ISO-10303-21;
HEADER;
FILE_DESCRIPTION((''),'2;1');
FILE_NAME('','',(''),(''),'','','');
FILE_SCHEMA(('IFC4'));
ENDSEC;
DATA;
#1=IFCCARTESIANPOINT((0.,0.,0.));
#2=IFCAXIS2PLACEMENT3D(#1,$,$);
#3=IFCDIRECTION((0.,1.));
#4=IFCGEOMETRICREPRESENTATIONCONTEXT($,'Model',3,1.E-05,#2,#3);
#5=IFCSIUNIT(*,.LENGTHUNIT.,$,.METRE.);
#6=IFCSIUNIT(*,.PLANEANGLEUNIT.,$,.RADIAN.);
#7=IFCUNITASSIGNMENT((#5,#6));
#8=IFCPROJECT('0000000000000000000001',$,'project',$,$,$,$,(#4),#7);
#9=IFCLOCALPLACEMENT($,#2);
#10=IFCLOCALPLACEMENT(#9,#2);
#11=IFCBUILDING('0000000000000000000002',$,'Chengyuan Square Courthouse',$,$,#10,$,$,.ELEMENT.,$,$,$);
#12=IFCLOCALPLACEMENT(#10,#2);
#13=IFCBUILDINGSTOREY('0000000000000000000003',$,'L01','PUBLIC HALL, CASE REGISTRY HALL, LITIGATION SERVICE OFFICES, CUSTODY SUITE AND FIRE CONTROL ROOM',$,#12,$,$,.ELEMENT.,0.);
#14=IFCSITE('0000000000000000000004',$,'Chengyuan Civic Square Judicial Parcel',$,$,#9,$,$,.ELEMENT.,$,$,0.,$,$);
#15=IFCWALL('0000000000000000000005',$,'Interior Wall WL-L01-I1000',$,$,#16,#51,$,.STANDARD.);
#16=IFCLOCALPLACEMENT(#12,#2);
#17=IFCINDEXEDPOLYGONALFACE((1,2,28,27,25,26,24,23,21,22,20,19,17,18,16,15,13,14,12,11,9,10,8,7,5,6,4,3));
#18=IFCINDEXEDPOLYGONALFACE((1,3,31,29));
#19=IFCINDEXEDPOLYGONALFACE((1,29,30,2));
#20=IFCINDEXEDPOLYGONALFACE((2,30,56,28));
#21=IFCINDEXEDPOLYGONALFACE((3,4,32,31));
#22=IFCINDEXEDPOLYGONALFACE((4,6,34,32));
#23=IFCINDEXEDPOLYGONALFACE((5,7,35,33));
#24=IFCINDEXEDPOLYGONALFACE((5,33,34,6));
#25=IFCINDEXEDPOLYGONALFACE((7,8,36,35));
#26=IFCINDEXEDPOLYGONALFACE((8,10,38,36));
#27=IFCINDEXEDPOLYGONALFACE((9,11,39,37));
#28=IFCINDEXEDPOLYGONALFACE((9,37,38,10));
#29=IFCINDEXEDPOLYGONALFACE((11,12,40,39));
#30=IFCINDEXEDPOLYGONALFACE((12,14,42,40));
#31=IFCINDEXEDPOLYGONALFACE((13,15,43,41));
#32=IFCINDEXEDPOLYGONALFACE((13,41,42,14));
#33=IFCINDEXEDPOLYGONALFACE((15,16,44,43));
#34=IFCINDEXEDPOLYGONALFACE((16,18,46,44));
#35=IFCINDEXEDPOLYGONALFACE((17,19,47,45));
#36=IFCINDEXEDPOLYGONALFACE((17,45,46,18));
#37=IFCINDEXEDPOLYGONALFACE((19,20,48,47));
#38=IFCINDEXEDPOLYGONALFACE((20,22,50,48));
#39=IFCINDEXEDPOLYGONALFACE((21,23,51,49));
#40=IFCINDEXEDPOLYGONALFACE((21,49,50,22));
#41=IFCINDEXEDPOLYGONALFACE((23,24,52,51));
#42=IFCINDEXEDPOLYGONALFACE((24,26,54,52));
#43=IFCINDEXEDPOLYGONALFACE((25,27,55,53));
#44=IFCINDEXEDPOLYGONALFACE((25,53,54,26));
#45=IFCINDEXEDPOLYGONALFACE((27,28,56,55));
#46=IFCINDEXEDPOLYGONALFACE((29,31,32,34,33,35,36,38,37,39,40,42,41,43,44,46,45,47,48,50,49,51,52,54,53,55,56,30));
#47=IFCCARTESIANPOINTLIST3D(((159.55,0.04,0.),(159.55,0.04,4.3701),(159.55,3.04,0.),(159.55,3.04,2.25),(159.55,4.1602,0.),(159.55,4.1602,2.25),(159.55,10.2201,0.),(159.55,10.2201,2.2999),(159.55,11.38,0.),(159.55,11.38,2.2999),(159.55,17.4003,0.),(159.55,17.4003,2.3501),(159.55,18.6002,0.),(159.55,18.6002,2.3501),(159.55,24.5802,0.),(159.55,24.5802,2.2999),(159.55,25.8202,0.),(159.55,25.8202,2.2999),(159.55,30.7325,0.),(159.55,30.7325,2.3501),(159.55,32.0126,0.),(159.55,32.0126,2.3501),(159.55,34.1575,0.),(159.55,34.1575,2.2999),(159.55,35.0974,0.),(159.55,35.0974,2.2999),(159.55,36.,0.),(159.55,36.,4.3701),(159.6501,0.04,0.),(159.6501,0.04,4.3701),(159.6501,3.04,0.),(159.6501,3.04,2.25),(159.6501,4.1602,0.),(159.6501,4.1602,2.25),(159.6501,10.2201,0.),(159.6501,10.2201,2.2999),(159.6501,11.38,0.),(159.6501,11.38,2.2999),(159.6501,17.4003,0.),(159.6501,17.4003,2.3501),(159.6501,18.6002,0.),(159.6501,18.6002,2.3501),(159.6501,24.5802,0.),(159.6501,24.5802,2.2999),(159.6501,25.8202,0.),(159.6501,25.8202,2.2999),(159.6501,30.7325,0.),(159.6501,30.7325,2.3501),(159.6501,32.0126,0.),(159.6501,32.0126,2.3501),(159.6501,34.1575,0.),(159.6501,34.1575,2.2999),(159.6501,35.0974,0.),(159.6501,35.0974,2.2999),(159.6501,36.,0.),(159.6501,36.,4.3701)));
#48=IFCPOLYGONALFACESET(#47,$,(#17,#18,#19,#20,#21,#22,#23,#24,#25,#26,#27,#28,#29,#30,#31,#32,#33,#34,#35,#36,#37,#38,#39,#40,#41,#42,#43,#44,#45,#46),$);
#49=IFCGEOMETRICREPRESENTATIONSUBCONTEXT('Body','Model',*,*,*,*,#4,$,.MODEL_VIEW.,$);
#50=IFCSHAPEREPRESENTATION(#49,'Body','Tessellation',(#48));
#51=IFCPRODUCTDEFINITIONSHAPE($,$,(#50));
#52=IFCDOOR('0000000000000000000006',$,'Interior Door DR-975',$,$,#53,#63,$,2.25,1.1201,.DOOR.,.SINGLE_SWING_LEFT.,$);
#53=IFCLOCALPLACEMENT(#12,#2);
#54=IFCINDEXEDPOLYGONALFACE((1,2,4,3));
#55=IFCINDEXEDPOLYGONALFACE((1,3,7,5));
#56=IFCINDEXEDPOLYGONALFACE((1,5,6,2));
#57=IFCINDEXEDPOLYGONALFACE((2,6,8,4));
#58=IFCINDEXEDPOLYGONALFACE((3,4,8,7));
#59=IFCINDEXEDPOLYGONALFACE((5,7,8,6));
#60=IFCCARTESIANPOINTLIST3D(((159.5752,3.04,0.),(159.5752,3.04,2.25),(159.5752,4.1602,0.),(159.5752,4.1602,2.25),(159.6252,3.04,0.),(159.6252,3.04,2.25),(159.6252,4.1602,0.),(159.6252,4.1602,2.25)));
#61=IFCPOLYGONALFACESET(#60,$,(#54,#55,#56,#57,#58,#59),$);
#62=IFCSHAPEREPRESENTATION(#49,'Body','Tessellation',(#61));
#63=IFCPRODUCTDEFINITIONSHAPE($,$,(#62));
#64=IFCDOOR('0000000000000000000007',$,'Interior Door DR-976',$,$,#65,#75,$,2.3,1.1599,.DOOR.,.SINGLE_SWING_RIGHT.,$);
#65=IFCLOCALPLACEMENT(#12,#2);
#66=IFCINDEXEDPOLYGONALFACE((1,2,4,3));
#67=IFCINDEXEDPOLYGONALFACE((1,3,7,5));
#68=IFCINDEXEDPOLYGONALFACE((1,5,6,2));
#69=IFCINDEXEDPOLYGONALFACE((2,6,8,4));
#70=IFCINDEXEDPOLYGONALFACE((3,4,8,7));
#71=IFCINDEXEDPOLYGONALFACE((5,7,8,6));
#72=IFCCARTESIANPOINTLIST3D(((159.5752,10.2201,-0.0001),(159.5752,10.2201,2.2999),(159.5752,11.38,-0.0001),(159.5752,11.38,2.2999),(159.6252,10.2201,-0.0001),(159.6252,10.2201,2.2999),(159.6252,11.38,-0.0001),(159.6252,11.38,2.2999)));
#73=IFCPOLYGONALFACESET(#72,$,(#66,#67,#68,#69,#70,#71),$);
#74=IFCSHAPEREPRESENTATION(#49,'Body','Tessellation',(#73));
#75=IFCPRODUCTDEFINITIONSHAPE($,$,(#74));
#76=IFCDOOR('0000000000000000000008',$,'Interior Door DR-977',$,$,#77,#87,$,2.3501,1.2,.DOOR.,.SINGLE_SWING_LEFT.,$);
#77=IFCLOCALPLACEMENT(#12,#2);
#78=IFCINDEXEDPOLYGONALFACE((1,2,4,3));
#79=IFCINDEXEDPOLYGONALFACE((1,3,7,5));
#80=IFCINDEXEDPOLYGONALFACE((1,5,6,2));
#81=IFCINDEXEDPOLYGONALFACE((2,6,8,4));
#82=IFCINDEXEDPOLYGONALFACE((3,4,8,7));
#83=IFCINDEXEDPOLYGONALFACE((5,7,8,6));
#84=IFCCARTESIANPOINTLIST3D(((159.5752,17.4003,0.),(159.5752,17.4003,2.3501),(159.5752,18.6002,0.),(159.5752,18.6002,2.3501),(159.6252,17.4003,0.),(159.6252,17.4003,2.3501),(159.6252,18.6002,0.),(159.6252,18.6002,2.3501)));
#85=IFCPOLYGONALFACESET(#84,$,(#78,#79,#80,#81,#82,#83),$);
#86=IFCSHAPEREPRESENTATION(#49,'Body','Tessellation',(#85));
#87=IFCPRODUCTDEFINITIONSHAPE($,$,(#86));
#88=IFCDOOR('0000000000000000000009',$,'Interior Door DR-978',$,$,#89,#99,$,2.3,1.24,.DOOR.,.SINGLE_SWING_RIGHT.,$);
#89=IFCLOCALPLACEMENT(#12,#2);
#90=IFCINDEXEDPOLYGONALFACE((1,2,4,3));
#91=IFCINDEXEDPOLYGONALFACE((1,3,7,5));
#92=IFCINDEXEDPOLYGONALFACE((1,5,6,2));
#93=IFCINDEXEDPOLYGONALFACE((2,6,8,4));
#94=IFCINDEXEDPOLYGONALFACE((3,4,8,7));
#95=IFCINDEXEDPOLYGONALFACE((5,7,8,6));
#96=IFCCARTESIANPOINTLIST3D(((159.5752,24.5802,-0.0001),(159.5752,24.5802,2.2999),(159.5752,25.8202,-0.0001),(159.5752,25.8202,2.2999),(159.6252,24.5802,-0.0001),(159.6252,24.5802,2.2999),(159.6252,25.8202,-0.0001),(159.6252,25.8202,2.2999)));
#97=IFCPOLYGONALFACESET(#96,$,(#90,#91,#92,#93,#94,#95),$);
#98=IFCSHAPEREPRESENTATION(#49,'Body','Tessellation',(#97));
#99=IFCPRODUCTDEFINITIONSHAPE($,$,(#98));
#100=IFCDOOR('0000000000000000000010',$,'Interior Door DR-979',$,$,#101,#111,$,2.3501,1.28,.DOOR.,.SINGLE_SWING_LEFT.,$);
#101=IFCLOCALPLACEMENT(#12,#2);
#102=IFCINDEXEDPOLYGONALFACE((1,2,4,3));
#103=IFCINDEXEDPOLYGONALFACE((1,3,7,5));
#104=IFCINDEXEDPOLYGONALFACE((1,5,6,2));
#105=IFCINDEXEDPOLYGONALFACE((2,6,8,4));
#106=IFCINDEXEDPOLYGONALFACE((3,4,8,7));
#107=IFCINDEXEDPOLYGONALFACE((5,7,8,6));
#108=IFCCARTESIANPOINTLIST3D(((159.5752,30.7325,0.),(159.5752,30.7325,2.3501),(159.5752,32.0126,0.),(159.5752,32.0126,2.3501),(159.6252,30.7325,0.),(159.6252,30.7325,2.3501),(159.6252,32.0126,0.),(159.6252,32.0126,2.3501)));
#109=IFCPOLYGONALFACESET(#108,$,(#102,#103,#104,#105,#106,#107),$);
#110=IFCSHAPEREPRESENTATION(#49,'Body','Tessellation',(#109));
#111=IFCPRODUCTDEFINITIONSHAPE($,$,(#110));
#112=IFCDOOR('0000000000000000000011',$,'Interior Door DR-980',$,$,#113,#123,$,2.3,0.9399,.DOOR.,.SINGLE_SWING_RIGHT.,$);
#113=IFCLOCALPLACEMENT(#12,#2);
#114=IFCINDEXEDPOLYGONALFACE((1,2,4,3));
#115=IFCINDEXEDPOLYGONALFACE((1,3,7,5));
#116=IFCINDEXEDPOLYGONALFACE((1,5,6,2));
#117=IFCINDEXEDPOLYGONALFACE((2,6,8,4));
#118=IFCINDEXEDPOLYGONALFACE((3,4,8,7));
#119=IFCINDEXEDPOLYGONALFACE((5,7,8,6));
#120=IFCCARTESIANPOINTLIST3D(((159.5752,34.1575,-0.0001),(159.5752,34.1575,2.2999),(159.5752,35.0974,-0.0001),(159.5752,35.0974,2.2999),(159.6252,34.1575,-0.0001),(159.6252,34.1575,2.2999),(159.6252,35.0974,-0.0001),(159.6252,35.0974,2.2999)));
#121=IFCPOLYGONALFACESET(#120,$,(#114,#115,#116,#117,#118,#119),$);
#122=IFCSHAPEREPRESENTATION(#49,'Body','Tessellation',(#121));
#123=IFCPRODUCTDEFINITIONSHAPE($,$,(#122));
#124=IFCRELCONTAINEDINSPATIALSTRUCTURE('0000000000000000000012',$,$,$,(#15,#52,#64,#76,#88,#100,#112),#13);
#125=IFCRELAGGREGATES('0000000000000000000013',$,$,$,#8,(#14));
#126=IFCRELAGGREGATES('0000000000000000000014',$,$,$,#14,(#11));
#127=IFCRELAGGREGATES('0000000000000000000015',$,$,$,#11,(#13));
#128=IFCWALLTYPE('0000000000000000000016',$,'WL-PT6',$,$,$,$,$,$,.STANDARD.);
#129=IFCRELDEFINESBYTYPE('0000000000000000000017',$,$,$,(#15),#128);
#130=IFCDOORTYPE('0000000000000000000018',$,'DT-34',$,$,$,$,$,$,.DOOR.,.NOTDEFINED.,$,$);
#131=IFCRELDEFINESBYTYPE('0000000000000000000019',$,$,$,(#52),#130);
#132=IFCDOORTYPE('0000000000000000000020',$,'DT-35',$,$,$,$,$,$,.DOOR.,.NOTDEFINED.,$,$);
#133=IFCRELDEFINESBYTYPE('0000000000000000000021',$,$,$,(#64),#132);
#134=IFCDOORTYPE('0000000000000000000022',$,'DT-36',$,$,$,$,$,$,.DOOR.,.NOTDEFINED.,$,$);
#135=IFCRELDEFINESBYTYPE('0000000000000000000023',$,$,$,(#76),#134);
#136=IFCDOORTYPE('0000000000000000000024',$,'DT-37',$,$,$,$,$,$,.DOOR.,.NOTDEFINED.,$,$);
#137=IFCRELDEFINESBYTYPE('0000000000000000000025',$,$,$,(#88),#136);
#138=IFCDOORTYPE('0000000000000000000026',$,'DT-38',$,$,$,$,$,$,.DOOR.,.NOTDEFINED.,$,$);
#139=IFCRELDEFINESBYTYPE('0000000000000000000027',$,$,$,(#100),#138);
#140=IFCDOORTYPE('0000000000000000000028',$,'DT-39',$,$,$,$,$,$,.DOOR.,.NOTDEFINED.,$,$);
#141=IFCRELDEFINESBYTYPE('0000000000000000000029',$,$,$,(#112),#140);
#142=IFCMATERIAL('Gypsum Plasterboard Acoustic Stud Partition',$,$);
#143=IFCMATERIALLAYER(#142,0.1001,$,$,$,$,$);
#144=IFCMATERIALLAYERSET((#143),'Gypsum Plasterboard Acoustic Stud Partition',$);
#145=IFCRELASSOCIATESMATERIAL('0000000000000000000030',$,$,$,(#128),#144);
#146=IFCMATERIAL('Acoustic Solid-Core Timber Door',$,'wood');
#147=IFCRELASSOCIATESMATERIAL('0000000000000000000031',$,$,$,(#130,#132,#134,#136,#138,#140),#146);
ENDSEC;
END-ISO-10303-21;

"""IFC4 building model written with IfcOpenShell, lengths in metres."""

from ifc_helpers import new_model, si_unit, direction, frame, frame_2d, origin, place, context, subcontext, project, spatial, rectangle, extrude, material, layer, layer_set, type_object, element, fill, save


model = new_model("IFC4")

# Units and contexts
model_context = context("Model", 3, precision=1e-05, world=origin(), true_north=direction((0.0, 1.0)))
body_context = subcontext(model_context, "Body", "Model", "MODEL_VIEW")
ifc_project = project(units=[si_unit("LENGTHUNIT", "METRE"), si_unit("PLANEANGLEUNIT", "RADIAN")], contexts=[model_context])

# Site, building, storey
site_placement = place(None, origin())
site = spatial("IfcSite", under=ifc_project, at=site_placement, Name="Chengyuan Civic Square Judicial Parcel", CompositionType="ELEMENT", RefElevation=0.0)
building_placement = place(site_placement, origin())
building = spatial("IfcBuilding", under=site, at=building_placement, Name="Chengyuan Square Courthouse", CompositionType="ELEMENT")
storey_placement = place(building_placement, origin())
storey = spatial("IfcBuildingStorey", under=building, at=storey_placement, Name="L01", Description="PUBLIC HALL, CASE REGISTRY HALL, LITIGATION SERVICE OFFICES, CUSTODY SUITE AND FIRE CONTROL ROOM", CompositionType="ELEMENT", Elevation=0.0)

# Shared definitions
ifc_material_1 = material(Name="Gypsum Plasterboard Acoustic Stud Partition")
ifc_layer_1 = layer(ifc_material_1, 0.1001)
ifc_layer_set_1 = layer_set([ifc_layer_1], Name="Gypsum Plasterboard Acoustic Stud Partition")
wall_type_1 = type_object("IfcWallType", Name="WL-PT6", PredefinedType="STANDARD", material=ifc_layer_set_1)

# Shared definitions
ifc_material_2 = material(Name="Acoustic Solid-Core Timber Door", Category="wood")

# Wall, openings, doors
wall_1_placement = place(storey_placement, frame((159.6001, 0.04, 0.0), z_axis=(0.0, 0.0, 1.0), x_axis=(0.0, 1.0, 0.0)))
wall_1 = element("IfcWall", 1, at=wall_1_placement, inside=storey, type_object=wall_type_1, Name="Interior Wall WL-L01-I1000", PredefinedType="STANDARD", context=body_context, shape_type="SweptSolid", body=[
    extrude(rectangle(XDim=35.96, YDim=0.1001, at=frame_2d((17.98, 0.0))), origin(), (0.0, 0.0, 1.0), 4.3701),
])
opening_1_placement = place(wall_1_placement, frame((3.0, 0.0, 0.0)))
opening_1 = element("IfcOpeningElement", 2, at=opening_1_placement, cuts=wall_1, PredefinedType="OPENING", context=body_context, shape_type="SweptSolid", body=[
    extrude(rectangle(XDim=1.1201, YDim=2.25, at=frame_2d((0.5601, 1.125))), frame((0.0, 0.062, 0.0), z_axis=(0.0, -1.0, 0.0), x_axis=(1.0, 0.0, 0.0)), (0.0, 0.0, 1.0), 0.124),
])
opening_2_placement = place(wall_1_placement, frame((10.1799, 0.0, 0.0)))
opening_2 = element("IfcOpeningElement", 3, at=opening_2_placement, cuts=wall_1, PredefinedType="OPENING", context=body_context, shape_type="SweptSolid", body=[
    extrude(rectangle(XDim=1.1599, YDim=2.3, at=frame_2d((0.5801, 1.1499))), frame((0.0, 0.062, 0.0), z_axis=(0.0, -1.0, 0.0), x_axis=(1.0, 0.0, 0.0)), (0.0, 0.0, 1.0), 0.124),
])
opening_3_placement = place(wall_1_placement, frame((17.3601, 0.0, 0.0)))
opening_3 = element("IfcOpeningElement", 4, at=opening_3_placement, cuts=wall_1, PredefinedType="OPENING", context=body_context, shape_type="SweptSolid", body=[
    extrude(rectangle(XDim=1.2, YDim=2.3501, at=frame_2d((0.6001, 1.175))), frame((0.0, 0.062, 0.0), z_axis=(0.0, -1.0, 0.0), x_axis=(1.0, 0.0, 0.0)), (0.0, 0.0, 1.0), 0.124),
])
opening_4_placement = place(wall_1_placement, frame((24.54, 0.0, 0.0)))
opening_4 = element("IfcOpeningElement", 5, at=opening_4_placement, cuts=wall_1, PredefinedType="OPENING", context=body_context, shape_type="SweptSolid", body=[
    extrude(rectangle(XDim=1.24, YDim=2.3, at=frame_2d((0.6201, 1.1499))), frame((0.0, 0.062, 0.0), z_axis=(0.0, -1.0, 0.0), x_axis=(1.0, 0.0, 0.0)), (0.0, 0.0, 1.0), 0.124),
])
opening_5_placement = place(wall_1_placement, frame((30.6924, 0.0, 0.0)))
opening_5 = element("IfcOpeningElement", 6, at=opening_5_placement, cuts=wall_1, PredefinedType="OPENING", context=body_context, shape_type="SweptSolid", body=[
    extrude(rectangle(XDim=1.28, YDim=2.3501, at=frame_2d((0.6401, 1.175))), frame((0.0, 0.062, 0.0), z_axis=(0.0, -1.0, 0.0), x_axis=(1.0, 0.0, 0.0)), (0.0, 0.0, 1.0), 0.124),
])
opening_6_placement = place(wall_1_placement, frame((34.1174, 0.0, 0.0)))
opening_6 = element("IfcOpeningElement", 7, at=opening_6_placement, cuts=wall_1, PredefinedType="OPENING", context=body_context, shape_type="SweptSolid", body=[
    extrude(rectangle(XDim=0.9399, YDim=2.3, at=frame_2d((0.47, 1.1499))), frame((0.0, 0.062, 0.0), z_axis=(0.0, -1.0, 0.0), x_axis=(1.0, 0.0, 0.0)), (0.0, 0.0, 1.0), 0.124),
])
door_type_1 = type_object("IfcDoorType", Name="DT-34", OperationType="NOTDEFINED", PredefinedType="DOOR", material=ifc_material_2)
door_1_placement = place(opening_1_placement, origin())
door_1 = element("IfcDoor", 8, at=door_1_placement, inside=storey, type_object=door_type_1, Name="Interior Door DR-975", OperationType="SINGLE_SWING_LEFT", OverallHeight=2.25, OverallWidth=1.1201, PredefinedType="DOOR", context=body_context, shape_type="SweptSolid", body=[
    extrude(rectangle(XDim=1.1201, YDim=2.25, at=frame_2d((0.5601, 1.125))), frame((0.0, 0.0249, 0.0), z_axis=(0.0, -1.0, 0.0), x_axis=(1.0, 0.0, 0.0)), (0.0, 0.0, 1.0), 0.05),
])
fill(opening_1, door_1)
door_type_2 = type_object("IfcDoorType", Name="DT-35", OperationType="NOTDEFINED", PredefinedType="DOOR", material=ifc_material_2)
door_2_placement = place(opening_2_placement, origin())
door_2 = element("IfcDoor", 9, at=door_2_placement, inside=storey, type_object=door_type_2, Name="Interior Door DR-976", OperationType="SINGLE_SWING_RIGHT", OverallHeight=2.3, OverallWidth=1.1599, PredefinedType="DOOR", context=body_context, shape_type="SweptSolid", body=[
    extrude(rectangle(XDim=1.1599, YDim=2.3, at=frame_2d((0.5801, 1.1499))), frame((0.0, 0.0249, 0.0), z_axis=(0.0, -1.0, 0.0), x_axis=(1.0, 0.0, 0.0)), (0.0, 0.0, 1.0), 0.05),
])
fill(opening_2, door_2)
door_type_3 = type_object("IfcDoorType", Name="DT-36", OperationType="NOTDEFINED", PredefinedType="DOOR", material=ifc_material_2)
door_3_placement = place(opening_3_placement, origin())
door_3 = element("IfcDoor", 10, at=door_3_placement, inside=storey, type_object=door_type_3, Name="Interior Door DR-977", OperationType="SINGLE_SWING_LEFT", OverallHeight=2.3501, OverallWidth=1.2, PredefinedType="DOOR", context=body_context, shape_type="SweptSolid", body=[
    extrude(rectangle(XDim=1.2, YDim=2.3501, at=frame_2d((0.6001, 1.175))), frame((0.0, 0.0249, 0.0), z_axis=(0.0, -1.0, 0.0), x_axis=(1.0, 0.0, 0.0)), (0.0, 0.0, 1.0), 0.05),
])
fill(opening_3, door_3)
door_type_4 = type_object("IfcDoorType", Name="DT-37", OperationType="NOTDEFINED", PredefinedType="DOOR", material=ifc_material_2)
door_4_placement = place(opening_4_placement, origin())
door_4 = element("IfcDoor", 11, at=door_4_placement, inside=storey, type_object=door_type_4, Name="Interior Door DR-978", OperationType="SINGLE_SWING_RIGHT", OverallHeight=2.3, OverallWidth=1.24, PredefinedType="DOOR", context=body_context, shape_type="SweptSolid", body=[
    extrude(rectangle(XDim=1.24, YDim=2.3, at=frame_2d((0.6201, 1.1499))), frame((0.0, 0.0249, 0.0), z_axis=(0.0, -1.0, 0.0), x_axis=(1.0, 0.0, 0.0)), (0.0, 0.0, 1.0), 0.05),
])
fill(opening_4, door_4)
door_type_5 = type_object("IfcDoorType", Name="DT-38", OperationType="NOTDEFINED", PredefinedType="DOOR", material=ifc_material_2)
door_5_placement = place(opening_5_placement, origin())
door_5 = element("IfcDoor", 12, at=door_5_placement, inside=storey, type_object=door_type_5, Name="Interior Door DR-979", OperationType="SINGLE_SWING_LEFT", OverallHeight=2.3501, OverallWidth=1.28, PredefinedType="DOOR", context=body_context, shape_type="SweptSolid", body=[
    extrude(rectangle(XDim=1.28, YDim=2.3501, at=frame_2d((0.6401, 1.175))), frame((0.0, 0.0249, 0.0), z_axis=(0.0, -1.0, 0.0), x_axis=(1.0, 0.0, 0.0)), (0.0, 0.0, 1.0), 0.05),
])
fill(opening_5, door_5)
door_type_6 = type_object("IfcDoorType", Name="DT-39", OperationType="NOTDEFINED", PredefinedType="DOOR", material=ifc_material_2)
door_6_placement = place(opening_6_placement, origin())
door_6 = element("IfcDoor", 13, at=door_6_placement, inside=storey, type_object=door_type_6, Name="Interior Door DR-980", OperationType="SINGLE_SWING_RIGHT", OverallHeight=2.3, OverallWidth=0.9399, PredefinedType="DOOR", context=body_context, shape_type="SweptSolid", body=[
    extrude(rectangle(XDim=0.9399, YDim=2.3, at=frame_2d((0.47, 1.1499))), frame((0.0, 0.0249, 0.0), z_axis=(0.0, -1.0, 0.0), x_axis=(1.0, 0.0, 0.0)), (0.0, 0.0, 1.0), 0.05),
])
fill(opening_6, door_6)

save(model, "model.ifc")
